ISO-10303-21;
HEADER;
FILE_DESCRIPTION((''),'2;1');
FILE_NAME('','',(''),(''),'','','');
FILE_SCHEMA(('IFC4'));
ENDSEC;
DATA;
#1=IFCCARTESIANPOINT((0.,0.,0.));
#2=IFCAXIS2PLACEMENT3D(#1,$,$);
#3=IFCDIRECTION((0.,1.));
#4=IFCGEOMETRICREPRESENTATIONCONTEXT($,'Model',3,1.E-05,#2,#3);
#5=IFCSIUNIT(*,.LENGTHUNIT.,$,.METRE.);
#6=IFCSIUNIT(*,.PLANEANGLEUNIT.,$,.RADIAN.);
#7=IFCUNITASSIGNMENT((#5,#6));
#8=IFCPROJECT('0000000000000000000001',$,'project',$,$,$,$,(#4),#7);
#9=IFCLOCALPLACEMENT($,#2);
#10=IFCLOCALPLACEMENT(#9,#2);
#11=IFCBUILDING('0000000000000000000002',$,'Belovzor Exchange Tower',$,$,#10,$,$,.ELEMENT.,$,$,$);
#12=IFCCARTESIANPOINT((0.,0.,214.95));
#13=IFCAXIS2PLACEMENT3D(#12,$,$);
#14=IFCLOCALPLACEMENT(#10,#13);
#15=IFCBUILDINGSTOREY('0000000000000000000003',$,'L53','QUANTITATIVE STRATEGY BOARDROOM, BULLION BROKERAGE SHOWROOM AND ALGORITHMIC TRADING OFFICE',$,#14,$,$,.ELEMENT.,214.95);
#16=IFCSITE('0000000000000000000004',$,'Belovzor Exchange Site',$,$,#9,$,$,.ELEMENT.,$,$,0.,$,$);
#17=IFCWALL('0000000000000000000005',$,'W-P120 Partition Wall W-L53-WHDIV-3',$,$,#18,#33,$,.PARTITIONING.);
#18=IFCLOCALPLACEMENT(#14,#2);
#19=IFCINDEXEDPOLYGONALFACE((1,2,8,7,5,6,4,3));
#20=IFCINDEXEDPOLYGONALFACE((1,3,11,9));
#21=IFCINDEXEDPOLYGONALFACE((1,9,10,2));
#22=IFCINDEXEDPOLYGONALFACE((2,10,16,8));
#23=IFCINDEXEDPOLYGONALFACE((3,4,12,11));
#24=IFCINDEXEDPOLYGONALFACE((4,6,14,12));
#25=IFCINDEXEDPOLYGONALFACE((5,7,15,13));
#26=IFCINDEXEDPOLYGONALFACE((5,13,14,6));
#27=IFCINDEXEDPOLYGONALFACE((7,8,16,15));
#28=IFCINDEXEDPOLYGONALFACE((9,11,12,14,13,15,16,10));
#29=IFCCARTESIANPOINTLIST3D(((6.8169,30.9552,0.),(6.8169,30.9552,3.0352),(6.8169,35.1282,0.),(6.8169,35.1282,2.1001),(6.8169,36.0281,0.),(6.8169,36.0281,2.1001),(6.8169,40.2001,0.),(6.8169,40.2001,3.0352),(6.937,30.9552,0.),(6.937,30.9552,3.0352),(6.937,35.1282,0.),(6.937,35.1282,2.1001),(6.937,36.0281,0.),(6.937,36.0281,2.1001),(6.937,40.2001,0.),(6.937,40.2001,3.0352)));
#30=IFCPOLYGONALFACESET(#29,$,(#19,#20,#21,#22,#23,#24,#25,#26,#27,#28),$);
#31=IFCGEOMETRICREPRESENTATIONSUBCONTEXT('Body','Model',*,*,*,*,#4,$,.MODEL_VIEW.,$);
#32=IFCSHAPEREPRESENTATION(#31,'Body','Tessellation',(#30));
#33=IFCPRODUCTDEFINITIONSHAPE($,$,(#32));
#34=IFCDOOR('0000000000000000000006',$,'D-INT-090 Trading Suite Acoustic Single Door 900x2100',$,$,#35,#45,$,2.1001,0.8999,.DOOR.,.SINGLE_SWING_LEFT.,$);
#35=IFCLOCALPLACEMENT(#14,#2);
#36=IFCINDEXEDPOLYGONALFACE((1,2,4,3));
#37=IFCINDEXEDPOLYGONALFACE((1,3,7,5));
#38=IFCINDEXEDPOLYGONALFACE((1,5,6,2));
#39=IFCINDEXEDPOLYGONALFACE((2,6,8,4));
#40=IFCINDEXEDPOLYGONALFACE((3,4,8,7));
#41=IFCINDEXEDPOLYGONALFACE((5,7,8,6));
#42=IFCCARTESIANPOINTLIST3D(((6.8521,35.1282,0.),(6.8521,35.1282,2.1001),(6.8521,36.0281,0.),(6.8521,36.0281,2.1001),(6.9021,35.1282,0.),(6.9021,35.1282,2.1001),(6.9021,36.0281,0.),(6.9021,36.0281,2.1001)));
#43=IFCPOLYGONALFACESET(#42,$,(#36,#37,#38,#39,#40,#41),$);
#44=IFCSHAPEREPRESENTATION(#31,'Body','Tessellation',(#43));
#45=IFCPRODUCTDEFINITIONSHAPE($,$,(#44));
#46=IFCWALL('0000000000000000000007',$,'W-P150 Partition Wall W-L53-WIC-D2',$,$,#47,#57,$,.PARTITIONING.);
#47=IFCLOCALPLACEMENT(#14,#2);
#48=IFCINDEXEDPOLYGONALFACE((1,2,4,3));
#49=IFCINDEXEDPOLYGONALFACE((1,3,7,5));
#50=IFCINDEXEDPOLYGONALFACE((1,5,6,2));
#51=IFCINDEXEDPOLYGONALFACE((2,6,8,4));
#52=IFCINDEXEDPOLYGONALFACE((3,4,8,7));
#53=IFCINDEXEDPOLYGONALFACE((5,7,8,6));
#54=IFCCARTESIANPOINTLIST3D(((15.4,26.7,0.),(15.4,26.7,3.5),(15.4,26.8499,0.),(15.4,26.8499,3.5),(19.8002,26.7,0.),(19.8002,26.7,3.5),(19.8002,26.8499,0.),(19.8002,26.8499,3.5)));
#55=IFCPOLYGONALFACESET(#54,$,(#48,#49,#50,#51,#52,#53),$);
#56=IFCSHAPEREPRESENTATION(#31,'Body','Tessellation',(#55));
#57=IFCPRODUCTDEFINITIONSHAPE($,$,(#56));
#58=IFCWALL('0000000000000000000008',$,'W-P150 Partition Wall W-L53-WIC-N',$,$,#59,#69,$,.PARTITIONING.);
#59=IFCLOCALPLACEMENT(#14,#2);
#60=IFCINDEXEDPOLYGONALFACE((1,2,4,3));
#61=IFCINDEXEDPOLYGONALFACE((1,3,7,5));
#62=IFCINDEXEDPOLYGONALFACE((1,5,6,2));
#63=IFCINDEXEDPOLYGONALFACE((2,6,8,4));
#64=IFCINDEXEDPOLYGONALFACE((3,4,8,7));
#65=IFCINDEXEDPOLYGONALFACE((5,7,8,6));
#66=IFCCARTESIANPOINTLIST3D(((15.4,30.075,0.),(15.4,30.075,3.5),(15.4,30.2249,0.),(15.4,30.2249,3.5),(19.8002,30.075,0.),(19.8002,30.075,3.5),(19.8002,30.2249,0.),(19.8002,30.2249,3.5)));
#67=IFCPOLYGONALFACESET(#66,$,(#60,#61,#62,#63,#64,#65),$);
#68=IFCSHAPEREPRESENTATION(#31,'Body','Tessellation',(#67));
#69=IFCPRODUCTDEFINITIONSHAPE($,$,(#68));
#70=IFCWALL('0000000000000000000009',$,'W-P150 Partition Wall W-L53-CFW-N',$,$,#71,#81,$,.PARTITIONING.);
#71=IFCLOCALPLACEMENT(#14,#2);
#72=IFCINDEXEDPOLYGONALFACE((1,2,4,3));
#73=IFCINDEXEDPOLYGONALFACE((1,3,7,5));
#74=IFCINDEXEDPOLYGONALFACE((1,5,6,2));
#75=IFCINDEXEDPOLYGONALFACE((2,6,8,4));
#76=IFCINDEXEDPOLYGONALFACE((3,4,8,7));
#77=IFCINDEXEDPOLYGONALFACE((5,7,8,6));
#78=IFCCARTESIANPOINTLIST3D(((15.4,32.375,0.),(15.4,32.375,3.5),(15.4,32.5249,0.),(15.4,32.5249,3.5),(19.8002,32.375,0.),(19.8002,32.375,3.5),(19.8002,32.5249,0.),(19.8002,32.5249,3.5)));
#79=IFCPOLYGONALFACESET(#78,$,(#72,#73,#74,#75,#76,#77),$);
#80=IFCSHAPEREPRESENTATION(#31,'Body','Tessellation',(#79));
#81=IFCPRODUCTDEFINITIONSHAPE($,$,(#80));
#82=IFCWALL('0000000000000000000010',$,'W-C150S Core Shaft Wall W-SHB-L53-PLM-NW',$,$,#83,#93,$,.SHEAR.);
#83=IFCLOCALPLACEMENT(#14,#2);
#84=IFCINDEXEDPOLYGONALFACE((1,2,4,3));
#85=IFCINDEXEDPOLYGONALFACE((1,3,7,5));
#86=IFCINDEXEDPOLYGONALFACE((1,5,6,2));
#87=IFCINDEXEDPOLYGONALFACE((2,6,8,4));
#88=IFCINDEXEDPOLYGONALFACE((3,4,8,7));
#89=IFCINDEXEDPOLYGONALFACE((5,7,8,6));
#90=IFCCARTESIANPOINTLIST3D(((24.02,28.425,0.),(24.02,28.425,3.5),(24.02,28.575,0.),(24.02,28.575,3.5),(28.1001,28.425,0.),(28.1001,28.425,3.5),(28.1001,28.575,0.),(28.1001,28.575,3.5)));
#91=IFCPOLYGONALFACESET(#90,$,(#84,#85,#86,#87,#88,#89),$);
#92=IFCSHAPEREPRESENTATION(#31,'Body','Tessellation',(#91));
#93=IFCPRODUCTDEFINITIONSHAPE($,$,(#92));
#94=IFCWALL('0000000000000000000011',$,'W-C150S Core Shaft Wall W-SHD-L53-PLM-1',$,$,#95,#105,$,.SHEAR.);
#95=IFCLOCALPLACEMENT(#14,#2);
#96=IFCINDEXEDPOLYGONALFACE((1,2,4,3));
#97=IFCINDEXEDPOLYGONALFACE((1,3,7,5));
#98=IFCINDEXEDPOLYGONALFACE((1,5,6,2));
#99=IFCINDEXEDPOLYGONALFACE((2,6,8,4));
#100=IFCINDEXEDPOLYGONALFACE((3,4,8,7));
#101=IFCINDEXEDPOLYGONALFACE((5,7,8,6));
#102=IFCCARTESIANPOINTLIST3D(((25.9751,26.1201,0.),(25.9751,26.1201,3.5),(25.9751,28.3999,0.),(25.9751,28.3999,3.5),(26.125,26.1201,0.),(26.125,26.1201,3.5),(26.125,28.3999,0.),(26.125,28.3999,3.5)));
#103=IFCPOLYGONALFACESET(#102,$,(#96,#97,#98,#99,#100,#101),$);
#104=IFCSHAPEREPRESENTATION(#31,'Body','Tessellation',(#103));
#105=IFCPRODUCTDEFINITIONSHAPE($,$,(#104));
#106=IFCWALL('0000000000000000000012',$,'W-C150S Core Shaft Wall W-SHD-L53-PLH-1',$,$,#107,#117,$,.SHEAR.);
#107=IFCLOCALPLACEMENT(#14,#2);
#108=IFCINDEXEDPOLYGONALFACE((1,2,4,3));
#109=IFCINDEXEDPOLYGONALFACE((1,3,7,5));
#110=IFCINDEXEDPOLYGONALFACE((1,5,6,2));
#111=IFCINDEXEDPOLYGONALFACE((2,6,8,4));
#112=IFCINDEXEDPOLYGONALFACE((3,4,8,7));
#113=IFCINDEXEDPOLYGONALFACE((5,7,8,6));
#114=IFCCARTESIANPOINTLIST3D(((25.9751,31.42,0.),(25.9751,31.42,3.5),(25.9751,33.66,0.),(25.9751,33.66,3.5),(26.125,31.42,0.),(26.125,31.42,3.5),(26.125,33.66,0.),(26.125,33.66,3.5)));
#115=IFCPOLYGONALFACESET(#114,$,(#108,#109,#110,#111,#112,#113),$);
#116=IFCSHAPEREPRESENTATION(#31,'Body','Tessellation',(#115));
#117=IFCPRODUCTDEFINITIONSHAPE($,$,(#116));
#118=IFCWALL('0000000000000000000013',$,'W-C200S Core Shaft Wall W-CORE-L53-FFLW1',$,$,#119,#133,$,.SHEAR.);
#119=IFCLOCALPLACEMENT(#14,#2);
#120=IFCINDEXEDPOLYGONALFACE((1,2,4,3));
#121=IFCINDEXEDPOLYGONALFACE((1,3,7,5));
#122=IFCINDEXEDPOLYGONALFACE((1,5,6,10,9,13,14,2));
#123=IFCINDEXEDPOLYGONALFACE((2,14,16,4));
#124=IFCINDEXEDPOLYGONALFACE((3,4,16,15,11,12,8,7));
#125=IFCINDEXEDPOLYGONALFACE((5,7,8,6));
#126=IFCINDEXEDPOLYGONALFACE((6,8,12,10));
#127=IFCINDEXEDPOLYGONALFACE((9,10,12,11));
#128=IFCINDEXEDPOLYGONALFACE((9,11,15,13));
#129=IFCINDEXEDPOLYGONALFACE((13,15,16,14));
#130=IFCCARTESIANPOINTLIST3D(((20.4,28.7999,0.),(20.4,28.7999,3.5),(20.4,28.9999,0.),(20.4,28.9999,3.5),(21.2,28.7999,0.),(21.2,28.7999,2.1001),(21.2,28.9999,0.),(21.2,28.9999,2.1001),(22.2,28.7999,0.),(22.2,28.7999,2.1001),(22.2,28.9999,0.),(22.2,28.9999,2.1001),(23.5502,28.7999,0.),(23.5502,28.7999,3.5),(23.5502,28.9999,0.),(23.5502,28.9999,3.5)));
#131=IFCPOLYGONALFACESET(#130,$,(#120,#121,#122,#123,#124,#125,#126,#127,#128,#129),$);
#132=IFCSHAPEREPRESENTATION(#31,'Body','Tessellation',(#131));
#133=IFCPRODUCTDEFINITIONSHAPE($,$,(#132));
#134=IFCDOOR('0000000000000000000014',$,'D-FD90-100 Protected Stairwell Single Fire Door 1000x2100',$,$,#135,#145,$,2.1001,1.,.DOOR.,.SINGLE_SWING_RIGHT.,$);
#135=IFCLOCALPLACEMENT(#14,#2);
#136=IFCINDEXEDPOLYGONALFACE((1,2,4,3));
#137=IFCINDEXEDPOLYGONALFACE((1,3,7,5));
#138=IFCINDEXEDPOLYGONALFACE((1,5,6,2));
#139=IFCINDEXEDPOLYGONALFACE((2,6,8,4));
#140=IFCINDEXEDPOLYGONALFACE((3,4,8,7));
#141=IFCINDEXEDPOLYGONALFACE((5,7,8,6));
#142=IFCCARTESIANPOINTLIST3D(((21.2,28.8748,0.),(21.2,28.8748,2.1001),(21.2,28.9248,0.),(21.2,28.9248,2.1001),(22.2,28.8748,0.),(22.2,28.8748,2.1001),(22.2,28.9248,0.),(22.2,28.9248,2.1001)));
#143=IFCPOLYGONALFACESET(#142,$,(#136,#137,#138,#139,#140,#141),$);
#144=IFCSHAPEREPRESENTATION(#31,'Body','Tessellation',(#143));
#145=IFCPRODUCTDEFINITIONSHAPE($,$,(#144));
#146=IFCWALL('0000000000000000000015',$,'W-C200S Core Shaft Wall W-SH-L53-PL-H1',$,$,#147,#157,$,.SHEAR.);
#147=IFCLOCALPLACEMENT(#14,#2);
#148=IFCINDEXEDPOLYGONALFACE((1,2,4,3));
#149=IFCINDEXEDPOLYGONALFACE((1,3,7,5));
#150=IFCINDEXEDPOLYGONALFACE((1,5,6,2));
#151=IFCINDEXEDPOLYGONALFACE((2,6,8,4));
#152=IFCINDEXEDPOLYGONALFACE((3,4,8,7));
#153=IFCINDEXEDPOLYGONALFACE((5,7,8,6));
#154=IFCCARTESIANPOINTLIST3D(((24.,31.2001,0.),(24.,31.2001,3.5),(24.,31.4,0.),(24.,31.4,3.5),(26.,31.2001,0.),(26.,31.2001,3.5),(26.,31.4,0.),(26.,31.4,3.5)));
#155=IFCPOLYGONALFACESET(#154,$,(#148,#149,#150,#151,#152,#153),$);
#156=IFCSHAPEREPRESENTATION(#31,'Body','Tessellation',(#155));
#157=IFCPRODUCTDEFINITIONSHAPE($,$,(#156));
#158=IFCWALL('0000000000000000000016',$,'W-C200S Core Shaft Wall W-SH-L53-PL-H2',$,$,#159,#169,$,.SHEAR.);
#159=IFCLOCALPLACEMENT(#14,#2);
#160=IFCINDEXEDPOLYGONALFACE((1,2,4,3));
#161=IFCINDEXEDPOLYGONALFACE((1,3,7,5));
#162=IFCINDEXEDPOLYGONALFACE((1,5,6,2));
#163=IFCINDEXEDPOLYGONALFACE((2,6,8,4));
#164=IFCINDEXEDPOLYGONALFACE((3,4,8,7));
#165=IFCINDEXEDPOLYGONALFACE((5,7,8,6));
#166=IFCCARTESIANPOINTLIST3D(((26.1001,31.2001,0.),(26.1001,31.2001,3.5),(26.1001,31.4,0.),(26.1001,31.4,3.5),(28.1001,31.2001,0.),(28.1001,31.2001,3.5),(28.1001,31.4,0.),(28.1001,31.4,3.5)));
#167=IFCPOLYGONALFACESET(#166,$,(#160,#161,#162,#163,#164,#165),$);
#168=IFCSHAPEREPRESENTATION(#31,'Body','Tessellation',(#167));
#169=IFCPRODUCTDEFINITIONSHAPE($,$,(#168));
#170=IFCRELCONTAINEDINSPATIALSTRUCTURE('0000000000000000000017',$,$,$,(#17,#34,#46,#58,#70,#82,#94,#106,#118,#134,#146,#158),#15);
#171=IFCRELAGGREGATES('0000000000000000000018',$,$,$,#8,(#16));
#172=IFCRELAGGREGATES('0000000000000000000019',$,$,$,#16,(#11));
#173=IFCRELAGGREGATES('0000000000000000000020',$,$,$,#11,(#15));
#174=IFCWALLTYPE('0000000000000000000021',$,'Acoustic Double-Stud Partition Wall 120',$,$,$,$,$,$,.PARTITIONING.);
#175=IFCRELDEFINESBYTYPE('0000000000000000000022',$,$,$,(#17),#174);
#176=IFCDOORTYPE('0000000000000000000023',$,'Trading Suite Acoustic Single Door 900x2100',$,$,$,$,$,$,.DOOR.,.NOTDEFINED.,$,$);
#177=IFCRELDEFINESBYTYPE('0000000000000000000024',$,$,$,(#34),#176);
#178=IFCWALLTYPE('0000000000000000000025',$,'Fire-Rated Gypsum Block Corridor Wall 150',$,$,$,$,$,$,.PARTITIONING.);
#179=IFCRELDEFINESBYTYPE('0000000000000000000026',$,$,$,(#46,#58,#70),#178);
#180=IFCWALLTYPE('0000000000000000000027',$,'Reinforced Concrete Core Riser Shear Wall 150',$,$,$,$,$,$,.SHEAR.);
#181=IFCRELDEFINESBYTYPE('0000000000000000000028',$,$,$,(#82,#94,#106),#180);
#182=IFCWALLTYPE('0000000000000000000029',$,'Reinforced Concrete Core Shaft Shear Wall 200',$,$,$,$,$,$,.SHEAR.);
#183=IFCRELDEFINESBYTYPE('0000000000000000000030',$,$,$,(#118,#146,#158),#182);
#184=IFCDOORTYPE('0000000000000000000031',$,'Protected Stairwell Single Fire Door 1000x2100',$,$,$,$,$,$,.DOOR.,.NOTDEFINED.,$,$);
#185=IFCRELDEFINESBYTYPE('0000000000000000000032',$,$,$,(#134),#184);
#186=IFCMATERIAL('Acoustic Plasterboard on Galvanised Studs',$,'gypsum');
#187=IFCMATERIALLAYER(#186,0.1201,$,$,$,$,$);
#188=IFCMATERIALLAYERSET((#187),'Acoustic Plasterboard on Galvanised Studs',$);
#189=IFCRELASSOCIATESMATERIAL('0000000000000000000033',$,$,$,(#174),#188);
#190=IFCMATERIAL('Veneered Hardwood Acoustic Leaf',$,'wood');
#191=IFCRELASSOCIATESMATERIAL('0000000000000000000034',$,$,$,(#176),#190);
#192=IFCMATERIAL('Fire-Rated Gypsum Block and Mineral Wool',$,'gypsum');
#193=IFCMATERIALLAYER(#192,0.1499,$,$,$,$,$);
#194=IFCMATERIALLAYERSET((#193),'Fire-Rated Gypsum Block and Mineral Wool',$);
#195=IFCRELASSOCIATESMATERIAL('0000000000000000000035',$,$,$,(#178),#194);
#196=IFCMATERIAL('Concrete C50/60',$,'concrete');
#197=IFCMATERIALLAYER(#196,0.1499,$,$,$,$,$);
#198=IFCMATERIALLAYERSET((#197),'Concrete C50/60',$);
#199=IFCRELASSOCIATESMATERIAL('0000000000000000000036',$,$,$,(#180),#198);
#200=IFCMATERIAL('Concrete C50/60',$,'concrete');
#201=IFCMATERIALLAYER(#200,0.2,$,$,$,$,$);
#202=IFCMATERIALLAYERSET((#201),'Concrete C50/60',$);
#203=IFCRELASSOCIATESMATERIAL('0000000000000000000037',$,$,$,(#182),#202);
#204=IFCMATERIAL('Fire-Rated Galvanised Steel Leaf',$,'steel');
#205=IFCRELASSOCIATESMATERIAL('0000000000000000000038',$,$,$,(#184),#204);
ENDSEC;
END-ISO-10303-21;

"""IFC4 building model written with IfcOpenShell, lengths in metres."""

from ifc_helpers import new_model, si_unit, direction, frame, frame_2d, origin, place, context, subcontext, project, spatial, rectangle, extrude, material, layer, layer_set, type_object, element, fill, save


model = new_model("IFC4")

# Units and contexts
model_context = context("Model", 3, precision=1e-05, world=origin(), true_north=direction((0.0, 1.0)))
body_context = subcontext(model_context, "Body", "Model", "MODEL_VIEW")
ifc_project = project(units=[si_unit("LENGTHUNIT", "METRE"), si_unit("PLANEANGLEUNIT", "RADIAN")], contexts=[model_context])

# Site, building, storey
site_placement = place(None, origin())
site = spatial("IfcSite", under=ifc_project, at=site_placement, Name="Belovzor Exchange Site", CompositionType="ELEMENT", RefElevation=0.0)
building_placement = place(site_placement, origin())
building = spatial("IfcBuilding", under=site, at=building_placement, Name="Belovzor Exchange Tower", CompositionType="ELEMENT")
storey_placement = place(building_placement, frame((0.0, 0.0, 214.95)))
storey = spatial("IfcBuildingStorey", under=building, at=storey_placement, Name="L53", Description="QUANTITATIVE STRATEGY BOARDROOM, BULLION BROKERAGE SHOWROOM AND ALGORITHMIC TRADING OFFICE", CompositionType="ELEMENT", Elevation=214.95)

# Shared definitions
ifc_material_1 = material(Name="Acoustic Plasterboard on Galvanised Studs", Category="gypsum")
ifc_layer_1 = layer(ifc_material_1, 0.1201)
ifc_layer_set_1 = layer_set([ifc_layer_1], Name="Acoustic Plasterboard on Galvanised Studs")
wall_type_1 = type_object("IfcWallType", Name="Acoustic Double-Stud Partition Wall 120", PredefinedType="PARTITIONING", material=ifc_layer_set_1)

# Shared definitions
ifc_material_2 = material(Name="Veneered Hardwood Acoustic Leaf", Category="wood")
door_type_1 = type_object("IfcDoorType", Name="Trading Suite Acoustic Single Door 900x2100", OperationType="NOTDEFINED", PredefinedType="DOOR", material=ifc_material_2)

# Wall, opening, door
wall_1_placement = place(storey_placement, frame((6.877, 30.9551, 0.0), z_axis=(0.0, 0.0, 1.0), x_axis=(0.0, 1.0, 0.0)))
wall_1 = element("IfcWall", 1, at=wall_1_placement, inside=storey, type_object=wall_type_1, Name="W-P120 Partition Wall W-L53-WHDIV-3", PredefinedType="PARTITIONING", context=body_context, shape_type="SweptSolid", body=[
    extrude(rectangle(XDim=9.2449, YDim=0.1201, at=frame_2d((4.6226, 0.0))), origin(), (0.0, 0.0, 1.0), 3.0352),
])
opening_1_placement = place(wall_1_placement, frame((4.1731, 0.0, 0.0)))
opening_1 = element("IfcOpeningElement", 2, at=opening_1_placement, cuts=wall_1, PredefinedType="OPENING", context=body_context, shape_type="SweptSolid", body=[
    extrude(rectangle(XDim=0.8999, YDim=2.1001, at=frame_2d((0.45, 1.05))), frame((0.0, 0.0701, 0.0), z_axis=(0.0, -1.0, 0.0), x_axis=(1.0, 0.0, 0.0)), (0.0, 0.0, 1.0), 0.1401),
])
door_1_placement = place(opening_1_placement, origin())
door_1 = element("IfcDoor", 3, at=door_1_placement, inside=storey, type_object=door_type_1, Name="D-INT-090 Trading Suite Acoustic Single Door 900x2100", OperationType="SINGLE_SWING_LEFT", OverallHeight=2.1001, OverallWidth=0.8999, PredefinedType="DOOR", context=body_context, shape_type="SweptSolid", body=[
    extrude(rectangle(XDim=0.8999, YDim=2.1001, at=frame_2d((0.45, 1.05))), frame((0.0, 0.0249, 0.0), z_axis=(0.0, -1.0, 0.0), x_axis=(1.0, 0.0, 0.0)), (0.0, 0.0, 1.0), 0.05),
])
fill(opening_1, door_1)

# Walls
ifc_material_3 = material(Name="Fire-Rated Gypsum Block and Mineral Wool", Category="gypsum")
ifc_layer_2 = layer(ifc_material_3, 0.1499)
ifc_layer_set_2 = layer_set([ifc_layer_2], Name="Fire-Rated Gypsum Block and Mineral Wool")
wall_type_2 = type_object("IfcWallType", Name="Fire-Rated Gypsum Block Corridor Wall 150", PredefinedType="PARTITIONING", material=ifc_layer_set_2)
for number, where, z_axis, x_axis, name in (
    (4, (15.3999, 26.7749, 0.0), (0.0, 0.0, 1.0), (1.0, 0.0, 0.0), "W-P150 Partition Wall W-L53-WIC-D2"),
    (5, (15.3999, 30.1499, 0.0), (0.0, 0.0, 1.0), (1.0, 0.0, 0.0), "W-P150 Partition Wall W-L53-WIC-N"),
    (6, (15.3999, 32.45, 0.0), (0.0, 0.0, 1.0), (1.0, 0.0, 0.0), "W-P150 Partition Wall W-L53-CFW-N"),
):
    element("IfcWall", number, at=place(storey_placement, frame(where, z_axis=z_axis, x_axis=x_axis)), inside=storey, type_object=wall_type_2, Name=name, PredefinedType="PARTITIONING", context=body_context, shape_type="SweptSolid", body=[
        extrude(rectangle(XDim=4.4001, YDim=0.1499, at=frame_2d((2.2002, 0.0))), origin(), (0.0, 0.0, 1.0), 3.5),
    ])
ifc_material_4 = material(Name="Concrete C50/60", Category="concrete")
ifc_layer_3 = layer(ifc_material_4, 0.1499)
ifc_layer_set_3 = layer_set([ifc_layer_3], Name="Concrete C50/60")
wall_type_3 = type_object("IfcWallType", Name="Reinforced Concrete Core Riser Shear Wall 150", PredefinedType="SHEAR", material=ifc_layer_set_3)
wall_2_placement = place(storey_placement, frame((24.02, 28.5, 0.0), z_axis=(0.0, 0.0, 1.0), x_axis=(1.0, 0.0, 0.0)))
element("IfcWall", 7, at=wall_2_placement, inside=storey, type_object=wall_type_3, Name="W-C150S Core Shaft Wall W-SHB-L53-PLM-NW", PredefinedType="SHEAR", context=body_context, shape_type="SweptSolid", body=[
    extrude(rectangle(XDim=4.0801, YDim=0.1499, at=frame_2d((2.04, 0.0))), origin(), (0.0, 0.0, 1.0), 3.5),
])
wall_3_placement = place(storey_placement, frame((26.05, 26.1201, 0.0), z_axis=(0.0, 0.0, 1.0), x_axis=(0.0, 1.0, 0.0)))
element("IfcWall", 8, at=wall_3_placement, inside=storey, type_object=wall_type_3, Name="W-C150S Core Shaft Wall W-SHD-L53-PLM-1", PredefinedType="SHEAR", context=body_context, shape_type="SweptSolid", body=[
    extrude(rectangle(XDim=2.2798, YDim=0.1499, at=frame_2d((1.1399, 0.0))), origin(), (0.0, 0.0, 1.0), 3.5),
])
wall_4_placement = place(storey_placement, frame((26.05, 31.4199, 0.0), z_axis=(0.0, 0.0, 1.0), x_axis=(0.0, 1.0, 0.0)))
element("IfcWall", 9, at=wall_4_placement, inside=storey, type_object=wall_type_3, Name="W-C150S Core Shaft Wall W-SHD-L53-PLH-1", PredefinedType="SHEAR", context=body_context, shape_type="SweptSolid", body=[
    extrude(rectangle(XDim=2.24, YDim=0.1499, at=frame_2d((1.1201, 0.0))), origin(), (0.0, 0.0, 1.0), 3.5),
])

# Wall, opening, door
ifc_material_5 = material(Name="Concrete C50/60", Category="concrete")
ifc_layer_4 = layer(ifc_material_5, 0.2)
ifc_layer_set_4 = layer_set([ifc_layer_4], Name="Concrete C50/60")
wall_type_4 = type_object("IfcWallType", Name="Reinforced Concrete Core Shaft Shear Wall 200", PredefinedType="SHEAR", material=ifc_layer_set_4)
wall_5_placement = place(storey_placement, frame((20.3999, 28.8999, 0.0), z_axis=(0.0, 0.0, 1.0), x_axis=(1.0, 0.0, 0.0)))
wall_5 = element("IfcWall", 10, at=wall_5_placement, inside=storey, type_object=wall_type_4, Name="W-C200S Core Shaft Wall W-CORE-L53-FFLW1", PredefinedType="SHEAR", context=body_context, shape_type="SweptSolid", body=[
    extrude(rectangle(XDim=3.1501, YDim=0.2, at=frame_2d((1.5752, 0.0))), origin(), (0.0, 0.0, 1.0), 3.5),
])
opening_2_placement = place(wall_5_placement, frame((0.8, 0.0, 0.0)))
opening_2 = element("IfcOpeningElement", 11, at=opening_2_placement, cuts=wall_5, PredefinedType="OPENING", context=body_context, shape_type="SweptSolid", body=[
    extrude(rectangle(XDim=1.0, YDim=2.1001, at=frame_2d((0.5, 1.05))), frame((0.0, 0.1099, 0.0), z_axis=(0.0, -1.0, 0.0), x_axis=(1.0, 0.0, 0.0)), (0.0, 0.0, 1.0), 0.22),
])
ifc_material_6 = material(Name="Fire-Rated Galvanised Steel Leaf", Category="steel")
door_type_2 = type_object("IfcDoorType", Name="Protected Stairwell Single Fire Door 1000x2100", OperationType="NOTDEFINED", PredefinedType="DOOR", material=ifc_material_6)
door_2_placement = place(opening_2_placement, origin())
door_2 = element("IfcDoor", 12, at=door_2_placement, inside=storey, type_object=door_type_2, Name="D-FD90-100 Protected Stairwell Single Fire Door 1000x2100", OperationType="SINGLE_SWING_RIGHT", OverallHeight=2.1001, OverallWidth=1.0, PredefinedType="DOOR", context=body_context, shape_type="SweptSolid", body=[
    extrude(rectangle(XDim=1.0, YDim=2.1001, at=frame_2d((0.5, 1.05))), frame((0.0, 0.0249, 0.0), z_axis=(0.0, -1.0, 0.0), x_axis=(1.0, 0.0, 0.0)), (0.0, 0.0, 1.0), 0.05),
])
fill(opening_2, door_2)

# Walls
for number, where, z_axis, x_axis, name in (
    (13, (24.0, 31.3, 0.0), (0.0, 0.0, 1.0), (1.0, 0.0, 0.0), "W-C200S Core Shaft Wall W-SH-L53-PL-H1"),
    (14, (26.1001, 31.3, 0.0), (0.0, 0.0, 1.0), (1.0, 0.0, 0.0), "W-C200S Core Shaft Wall W-SH-L53-PL-H2"),
):
    element("IfcWall", number, at=place(storey_placement, frame(where, z_axis=z_axis, x_axis=x_axis)), inside=storey, type_object=wall_type_4, Name=name, PredefinedType="SHEAR", context=body_context, shape_type="SweptSolid", body=[
        extrude(rectangle(XDim=2.0, YDim=0.2, at=frame_2d((1.0, 0.0))), origin(), (0.0, 0.0, 1.0), 3.5),
    ])

save(model, "model.ifc")
